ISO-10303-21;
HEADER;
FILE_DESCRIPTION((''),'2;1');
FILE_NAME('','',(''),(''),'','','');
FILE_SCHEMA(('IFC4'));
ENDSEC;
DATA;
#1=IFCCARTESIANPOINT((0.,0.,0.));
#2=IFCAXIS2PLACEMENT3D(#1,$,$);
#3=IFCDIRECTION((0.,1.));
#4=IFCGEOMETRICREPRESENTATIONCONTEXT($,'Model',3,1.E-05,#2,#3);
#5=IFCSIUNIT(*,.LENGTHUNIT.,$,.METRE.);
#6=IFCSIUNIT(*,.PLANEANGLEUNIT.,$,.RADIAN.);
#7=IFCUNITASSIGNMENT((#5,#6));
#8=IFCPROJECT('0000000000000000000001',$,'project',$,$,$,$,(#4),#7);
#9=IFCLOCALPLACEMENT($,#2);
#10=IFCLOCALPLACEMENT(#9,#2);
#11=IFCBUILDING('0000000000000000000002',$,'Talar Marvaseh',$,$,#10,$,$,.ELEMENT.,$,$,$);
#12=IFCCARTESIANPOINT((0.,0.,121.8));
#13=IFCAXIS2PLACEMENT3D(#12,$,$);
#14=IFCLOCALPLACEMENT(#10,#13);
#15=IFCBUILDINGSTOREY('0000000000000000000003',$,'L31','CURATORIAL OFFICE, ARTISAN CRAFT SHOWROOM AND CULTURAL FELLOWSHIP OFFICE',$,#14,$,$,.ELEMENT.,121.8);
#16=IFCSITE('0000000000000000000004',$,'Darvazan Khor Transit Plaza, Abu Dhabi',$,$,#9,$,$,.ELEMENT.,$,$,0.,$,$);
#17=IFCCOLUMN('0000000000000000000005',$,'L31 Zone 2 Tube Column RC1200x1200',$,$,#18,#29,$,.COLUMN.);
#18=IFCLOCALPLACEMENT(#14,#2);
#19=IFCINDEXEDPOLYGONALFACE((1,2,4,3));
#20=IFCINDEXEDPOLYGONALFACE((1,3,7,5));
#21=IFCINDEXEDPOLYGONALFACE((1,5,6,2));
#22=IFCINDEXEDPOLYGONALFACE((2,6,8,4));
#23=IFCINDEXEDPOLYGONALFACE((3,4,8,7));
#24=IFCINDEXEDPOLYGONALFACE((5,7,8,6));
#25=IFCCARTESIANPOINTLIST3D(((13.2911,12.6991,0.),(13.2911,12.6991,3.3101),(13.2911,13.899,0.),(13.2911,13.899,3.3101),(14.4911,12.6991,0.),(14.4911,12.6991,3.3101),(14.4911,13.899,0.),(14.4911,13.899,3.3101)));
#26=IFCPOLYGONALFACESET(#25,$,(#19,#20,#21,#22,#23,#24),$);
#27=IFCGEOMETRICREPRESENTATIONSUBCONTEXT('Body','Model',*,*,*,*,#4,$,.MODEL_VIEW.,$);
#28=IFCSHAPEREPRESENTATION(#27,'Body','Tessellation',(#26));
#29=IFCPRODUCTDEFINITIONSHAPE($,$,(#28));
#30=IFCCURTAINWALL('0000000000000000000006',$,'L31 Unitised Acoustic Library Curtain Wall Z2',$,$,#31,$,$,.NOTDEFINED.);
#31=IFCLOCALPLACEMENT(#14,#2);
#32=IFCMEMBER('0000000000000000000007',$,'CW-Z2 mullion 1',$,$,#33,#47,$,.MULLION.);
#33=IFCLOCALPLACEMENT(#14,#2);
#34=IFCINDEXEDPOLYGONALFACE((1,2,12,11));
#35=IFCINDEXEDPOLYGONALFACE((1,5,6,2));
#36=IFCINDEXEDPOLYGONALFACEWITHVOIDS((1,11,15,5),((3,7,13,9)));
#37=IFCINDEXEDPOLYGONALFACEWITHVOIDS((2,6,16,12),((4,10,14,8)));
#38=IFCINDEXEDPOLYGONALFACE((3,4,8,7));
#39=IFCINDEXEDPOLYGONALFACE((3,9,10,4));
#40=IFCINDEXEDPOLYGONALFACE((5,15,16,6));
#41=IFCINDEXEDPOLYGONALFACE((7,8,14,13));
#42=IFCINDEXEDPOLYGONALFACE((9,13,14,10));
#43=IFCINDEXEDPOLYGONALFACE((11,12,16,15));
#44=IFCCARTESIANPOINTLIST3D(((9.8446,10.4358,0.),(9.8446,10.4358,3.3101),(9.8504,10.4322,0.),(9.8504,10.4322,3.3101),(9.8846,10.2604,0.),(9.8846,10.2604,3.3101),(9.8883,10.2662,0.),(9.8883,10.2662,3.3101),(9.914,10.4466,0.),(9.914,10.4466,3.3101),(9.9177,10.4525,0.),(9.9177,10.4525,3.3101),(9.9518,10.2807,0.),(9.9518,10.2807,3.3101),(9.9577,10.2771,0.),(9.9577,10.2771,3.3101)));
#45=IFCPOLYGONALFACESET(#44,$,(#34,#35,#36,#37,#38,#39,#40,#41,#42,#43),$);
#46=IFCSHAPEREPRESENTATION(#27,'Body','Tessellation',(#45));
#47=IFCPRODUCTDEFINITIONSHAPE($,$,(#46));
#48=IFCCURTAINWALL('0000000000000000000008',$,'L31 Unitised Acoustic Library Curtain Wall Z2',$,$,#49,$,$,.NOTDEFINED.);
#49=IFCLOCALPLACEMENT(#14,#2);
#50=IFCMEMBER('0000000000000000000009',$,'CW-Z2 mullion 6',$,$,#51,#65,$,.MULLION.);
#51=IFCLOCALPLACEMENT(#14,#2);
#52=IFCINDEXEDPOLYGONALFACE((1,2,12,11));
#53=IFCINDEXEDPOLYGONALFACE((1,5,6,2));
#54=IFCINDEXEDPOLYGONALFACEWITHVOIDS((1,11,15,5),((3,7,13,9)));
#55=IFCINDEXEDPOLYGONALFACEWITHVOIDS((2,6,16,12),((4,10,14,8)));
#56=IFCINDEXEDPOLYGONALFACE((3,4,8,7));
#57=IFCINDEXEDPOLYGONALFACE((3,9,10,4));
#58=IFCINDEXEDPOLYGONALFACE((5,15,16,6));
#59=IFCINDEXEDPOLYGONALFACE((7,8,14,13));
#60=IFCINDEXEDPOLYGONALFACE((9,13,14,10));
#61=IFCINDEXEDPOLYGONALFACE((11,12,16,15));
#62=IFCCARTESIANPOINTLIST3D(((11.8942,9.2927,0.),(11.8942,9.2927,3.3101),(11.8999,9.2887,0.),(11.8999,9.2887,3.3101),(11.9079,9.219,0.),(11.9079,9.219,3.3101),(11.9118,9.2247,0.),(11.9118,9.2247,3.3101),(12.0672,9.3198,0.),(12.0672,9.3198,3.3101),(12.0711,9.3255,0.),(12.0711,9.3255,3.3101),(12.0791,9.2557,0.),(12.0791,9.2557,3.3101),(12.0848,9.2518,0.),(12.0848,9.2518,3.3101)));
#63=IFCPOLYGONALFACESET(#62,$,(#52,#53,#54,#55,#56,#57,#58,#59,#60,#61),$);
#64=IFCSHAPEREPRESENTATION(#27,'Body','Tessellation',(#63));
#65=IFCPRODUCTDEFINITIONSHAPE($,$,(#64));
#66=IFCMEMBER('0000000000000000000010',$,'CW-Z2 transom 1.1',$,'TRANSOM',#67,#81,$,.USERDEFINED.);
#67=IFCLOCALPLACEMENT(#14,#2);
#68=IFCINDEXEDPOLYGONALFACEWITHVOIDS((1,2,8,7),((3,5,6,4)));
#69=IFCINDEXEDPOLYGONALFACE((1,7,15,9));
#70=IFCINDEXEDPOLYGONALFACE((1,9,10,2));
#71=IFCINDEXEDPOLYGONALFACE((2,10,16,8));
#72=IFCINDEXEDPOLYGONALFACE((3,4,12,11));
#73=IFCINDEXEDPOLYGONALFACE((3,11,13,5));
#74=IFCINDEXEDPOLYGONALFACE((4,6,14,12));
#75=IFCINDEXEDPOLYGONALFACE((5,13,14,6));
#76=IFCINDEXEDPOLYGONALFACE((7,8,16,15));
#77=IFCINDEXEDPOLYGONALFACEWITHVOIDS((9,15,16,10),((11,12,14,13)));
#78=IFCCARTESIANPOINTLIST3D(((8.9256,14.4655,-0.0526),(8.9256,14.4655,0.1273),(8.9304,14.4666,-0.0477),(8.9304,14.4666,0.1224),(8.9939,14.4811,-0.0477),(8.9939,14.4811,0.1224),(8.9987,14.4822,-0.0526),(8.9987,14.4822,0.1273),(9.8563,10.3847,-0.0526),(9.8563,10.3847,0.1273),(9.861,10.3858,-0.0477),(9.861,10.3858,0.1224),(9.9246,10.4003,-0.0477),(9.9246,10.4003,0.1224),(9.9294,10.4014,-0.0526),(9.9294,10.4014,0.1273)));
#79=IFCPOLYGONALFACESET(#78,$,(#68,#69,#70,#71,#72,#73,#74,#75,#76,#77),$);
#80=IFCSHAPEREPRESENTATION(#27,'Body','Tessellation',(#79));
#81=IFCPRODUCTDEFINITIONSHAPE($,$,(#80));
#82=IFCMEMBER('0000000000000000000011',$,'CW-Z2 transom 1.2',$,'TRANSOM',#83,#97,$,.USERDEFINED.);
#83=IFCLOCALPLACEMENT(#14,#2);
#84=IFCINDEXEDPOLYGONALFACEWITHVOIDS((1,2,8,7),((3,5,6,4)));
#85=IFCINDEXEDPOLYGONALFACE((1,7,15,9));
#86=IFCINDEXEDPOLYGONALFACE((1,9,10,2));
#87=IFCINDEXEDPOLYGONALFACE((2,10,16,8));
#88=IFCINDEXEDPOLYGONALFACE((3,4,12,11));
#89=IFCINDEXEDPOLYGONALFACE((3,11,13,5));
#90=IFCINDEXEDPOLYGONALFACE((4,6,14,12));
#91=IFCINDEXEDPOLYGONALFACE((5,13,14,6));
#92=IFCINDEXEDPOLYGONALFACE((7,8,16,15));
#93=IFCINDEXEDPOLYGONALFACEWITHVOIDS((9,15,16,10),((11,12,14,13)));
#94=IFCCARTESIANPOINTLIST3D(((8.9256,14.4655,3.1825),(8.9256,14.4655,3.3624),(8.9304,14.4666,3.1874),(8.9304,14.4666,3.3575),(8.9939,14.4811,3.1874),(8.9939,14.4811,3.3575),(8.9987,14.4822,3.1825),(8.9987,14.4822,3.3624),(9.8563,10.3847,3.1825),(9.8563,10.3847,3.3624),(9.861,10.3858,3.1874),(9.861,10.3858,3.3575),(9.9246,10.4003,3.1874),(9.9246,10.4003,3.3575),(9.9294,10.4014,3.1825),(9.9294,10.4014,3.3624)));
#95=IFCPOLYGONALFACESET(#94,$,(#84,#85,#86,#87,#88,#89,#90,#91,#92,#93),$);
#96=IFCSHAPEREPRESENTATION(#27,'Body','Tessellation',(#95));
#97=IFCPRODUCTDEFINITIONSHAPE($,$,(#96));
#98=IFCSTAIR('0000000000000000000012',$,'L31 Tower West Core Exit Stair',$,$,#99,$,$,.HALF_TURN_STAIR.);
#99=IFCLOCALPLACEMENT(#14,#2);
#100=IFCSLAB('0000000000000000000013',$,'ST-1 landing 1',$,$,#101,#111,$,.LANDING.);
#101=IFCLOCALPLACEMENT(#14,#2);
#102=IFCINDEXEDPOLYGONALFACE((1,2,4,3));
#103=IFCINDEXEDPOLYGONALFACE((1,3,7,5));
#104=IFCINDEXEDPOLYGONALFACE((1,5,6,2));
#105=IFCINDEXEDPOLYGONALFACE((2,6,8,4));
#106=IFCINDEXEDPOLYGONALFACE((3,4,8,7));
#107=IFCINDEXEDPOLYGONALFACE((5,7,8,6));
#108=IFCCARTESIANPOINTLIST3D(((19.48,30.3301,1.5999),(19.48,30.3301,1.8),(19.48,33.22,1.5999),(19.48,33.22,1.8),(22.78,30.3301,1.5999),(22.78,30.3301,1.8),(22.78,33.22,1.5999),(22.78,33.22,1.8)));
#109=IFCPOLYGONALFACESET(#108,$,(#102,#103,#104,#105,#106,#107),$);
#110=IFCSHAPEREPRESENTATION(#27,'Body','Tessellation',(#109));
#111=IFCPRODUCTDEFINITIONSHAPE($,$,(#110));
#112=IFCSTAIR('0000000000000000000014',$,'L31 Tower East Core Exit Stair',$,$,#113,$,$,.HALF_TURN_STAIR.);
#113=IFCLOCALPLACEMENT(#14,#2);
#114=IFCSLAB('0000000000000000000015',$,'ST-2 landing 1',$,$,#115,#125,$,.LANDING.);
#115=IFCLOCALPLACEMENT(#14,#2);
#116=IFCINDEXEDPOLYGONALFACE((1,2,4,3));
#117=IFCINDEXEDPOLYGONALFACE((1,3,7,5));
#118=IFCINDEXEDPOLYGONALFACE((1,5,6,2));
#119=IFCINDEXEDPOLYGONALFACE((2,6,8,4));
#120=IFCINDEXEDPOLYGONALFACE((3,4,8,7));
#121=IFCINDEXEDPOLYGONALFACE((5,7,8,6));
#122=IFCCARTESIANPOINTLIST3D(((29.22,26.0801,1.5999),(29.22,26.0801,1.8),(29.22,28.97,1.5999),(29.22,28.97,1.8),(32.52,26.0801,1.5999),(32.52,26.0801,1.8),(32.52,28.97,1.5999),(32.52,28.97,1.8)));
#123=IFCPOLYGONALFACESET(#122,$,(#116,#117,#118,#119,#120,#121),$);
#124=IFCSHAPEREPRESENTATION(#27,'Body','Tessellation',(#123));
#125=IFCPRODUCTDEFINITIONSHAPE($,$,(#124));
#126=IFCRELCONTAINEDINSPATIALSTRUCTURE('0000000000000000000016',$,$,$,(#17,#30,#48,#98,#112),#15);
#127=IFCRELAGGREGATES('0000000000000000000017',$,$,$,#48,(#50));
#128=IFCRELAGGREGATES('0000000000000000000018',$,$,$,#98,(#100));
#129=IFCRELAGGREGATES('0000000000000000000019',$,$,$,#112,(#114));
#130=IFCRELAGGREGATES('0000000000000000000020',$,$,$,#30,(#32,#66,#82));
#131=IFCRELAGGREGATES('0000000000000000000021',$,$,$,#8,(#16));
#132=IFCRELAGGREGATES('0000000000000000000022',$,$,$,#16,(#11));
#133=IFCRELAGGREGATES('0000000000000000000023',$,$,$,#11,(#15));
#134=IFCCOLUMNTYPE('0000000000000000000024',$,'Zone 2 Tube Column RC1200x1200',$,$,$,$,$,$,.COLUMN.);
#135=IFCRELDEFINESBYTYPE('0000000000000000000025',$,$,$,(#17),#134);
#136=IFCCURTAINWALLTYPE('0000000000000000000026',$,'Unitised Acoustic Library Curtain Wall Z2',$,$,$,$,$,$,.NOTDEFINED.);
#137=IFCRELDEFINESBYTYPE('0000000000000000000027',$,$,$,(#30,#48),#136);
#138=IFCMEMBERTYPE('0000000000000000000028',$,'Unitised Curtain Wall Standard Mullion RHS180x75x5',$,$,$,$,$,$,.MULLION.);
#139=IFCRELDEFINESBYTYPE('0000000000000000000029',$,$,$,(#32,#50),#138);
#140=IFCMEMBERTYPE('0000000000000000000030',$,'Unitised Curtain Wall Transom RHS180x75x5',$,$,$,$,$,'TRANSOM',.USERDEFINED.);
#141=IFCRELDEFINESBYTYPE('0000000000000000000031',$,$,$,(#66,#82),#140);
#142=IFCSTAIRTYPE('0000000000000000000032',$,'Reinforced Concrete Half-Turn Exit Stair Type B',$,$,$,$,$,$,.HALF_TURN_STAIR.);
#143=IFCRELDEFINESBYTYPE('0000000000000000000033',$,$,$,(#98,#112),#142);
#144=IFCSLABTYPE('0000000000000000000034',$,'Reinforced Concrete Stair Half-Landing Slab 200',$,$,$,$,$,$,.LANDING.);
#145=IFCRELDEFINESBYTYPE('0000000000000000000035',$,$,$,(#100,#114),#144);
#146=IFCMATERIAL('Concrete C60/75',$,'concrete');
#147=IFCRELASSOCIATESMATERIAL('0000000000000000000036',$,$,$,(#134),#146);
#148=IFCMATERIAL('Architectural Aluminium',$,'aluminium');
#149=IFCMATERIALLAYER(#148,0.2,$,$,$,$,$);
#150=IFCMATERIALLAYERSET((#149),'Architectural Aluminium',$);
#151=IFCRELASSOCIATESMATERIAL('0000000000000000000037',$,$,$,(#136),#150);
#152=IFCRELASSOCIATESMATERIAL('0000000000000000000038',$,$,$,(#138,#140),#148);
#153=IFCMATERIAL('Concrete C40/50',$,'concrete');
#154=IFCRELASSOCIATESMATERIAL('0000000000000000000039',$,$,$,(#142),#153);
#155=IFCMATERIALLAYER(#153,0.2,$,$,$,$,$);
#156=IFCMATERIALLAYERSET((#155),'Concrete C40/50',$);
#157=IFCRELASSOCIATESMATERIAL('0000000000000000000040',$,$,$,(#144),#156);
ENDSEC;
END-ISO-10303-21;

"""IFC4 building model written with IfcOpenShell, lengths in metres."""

from ifc_helpers import new_model, si_unit, direction, frame, origin, origin_2d, place, context, subcontext, project, spatial, polyline, rectangle, hollow_rectangle, outline, extrude, source, transform, mapped, material, layer, layer_set, material_profile, profile_set, type_object, type_shapes, element, aggregate, save


model = new_model("IFC4")

# Units and contexts
model_context = context("Model", 3, precision=1e-05, world=origin(), true_north=direction((0.0, 1.0)))
body_context = subcontext(model_context, "Body", "Model", "MODEL_VIEW")
ifc_project = project(units=[si_unit("LENGTHUNIT", "METRE"), si_unit("PLANEANGLEUNIT", "RADIAN")], contexts=[model_context])

# Site, building, storey
site_placement = place(None, origin())
site = spatial("IfcSite", under=ifc_project, at=site_placement, Name="Darvazan Khor Transit Plaza, Abu Dhabi", CompositionType="ELEMENT", RefElevation=0.0)
building_placement = place(site_placement, origin())
building = spatial("IfcBuilding", under=site, at=building_placement, Name="Talar Marvaseh", CompositionType="ELEMENT")
storey_placement = place(building_placement, frame((0.0, 0.0, 121.8)))
storey = spatial("IfcBuildingStorey", under=building, at=storey_placement, Name="L31", Description="CURATORIAL OFFICE, ARTISAN CRAFT SHOWROOM AND CULTURAL FELLOWSHIP OFFICE", CompositionType="ELEMENT", Elevation=121.8)

# Column
ifc_material_1 = material(Name="Concrete C60/75", Category="concrete")
ifc_material_profile_1 = material_profile(ifc_material_1, rectangle(XDim=1.2, YDim=1.2, at=origin_2d()), Name="RC1200x1200")
ifc_profile_set_1 = profile_set([ifc_material_profile_1], Name="Concrete C60/75")
column_type = type_object("IfcColumnType", Name="Zone 2 Tube Column RC1200x1200", PredefinedType="COLUMN", material=ifc_profile_set_1)
column_placement = place(storey_placement, frame((13.8911, 13.2991, 0.0), z_axis=(0.0, 0.0, 1.0), x_axis=(1.0, 0.0, 0.0)))
element("IfcColumn", 1, at=column_placement, inside=storey, type_object=column_type, Name="L31 Zone 2 Tube Column RC1200x1200", PredefinedType="COLUMN", context=body_context, shape_type="SweptSolid", body=[
    extrude(rectangle(XDim=1.2, YDim=1.2, at=origin_2d()), origin(), (0.0, 0.0, 1.0), 3.3101),
])

# Curtain walls, members
ifc_material_2 = material(Name="Architectural Aluminium", Category="aluminium")
ifc_layer_1 = layer(ifc_material_2, 0.2)
ifc_layer_set_1 = layer_set([ifc_layer_1], Name="Architectural Aluminium")
curtain_wall_type = type_object("IfcCurtainWallType", Name="Unitised Acoustic Library Curtain Wall Z2", PredefinedType="NOTDEFINED", material=ifc_layer_set_1)
curtain_wall_1_placement = place(storey_placement, origin())
curtain_wall_1 = element("IfcCurtainWall", 2, at=curtain_wall_1_placement, inside=storey, type_object=curtain_wall_type, Name="L31 Unitised Acoustic Library Curtain Wall Z2", PredefinedType="NOTDEFINED")
ifc_material_profile_2 = material_profile(ifc_material_2, hollow_rectangle(XDim=0.075, YDim=0.1799, WallThickness=0.0049, at=origin_2d()), Name="RHS180x75x5")
ifc_profile_set_2 = profile_set([ifc_material_profile_2], Name="Architectural Aluminium")
member_type_1 = type_object("IfcMemberType", Name="Unitised Curtain Wall Standard Mullion RHS180x75x5", PredefinedType="MULLION", material=ifc_profile_set_2)
shared_shape_1 = source(origin(), body_context, "Body", "SweptSolid", [
    extrude(hollow_rectangle(XDim=0.075, YDim=0.1799, WallThickness=0.0049, at=origin_2d()), origin(), (0.0, 0.0, 1.0), 3.3101),
])
type_shapes(member_type_1, [shared_shape_1])
member_1_placement = place(storey_placement, frame((9.9011, 10.3564, 0.0), z_axis=(0.0, 0.0, 1.0), x_axis=(-0.97497, -0.222335, 0.0)))
member_1 = element("IfcMember", 3, at=member_1_placement, type_object=member_type_1, Name="CW-Z2 mullion 1", PredefinedType="MULLION", context=body_context, shape_type="MappedRepresentation", body=[
    mapped(shared_shape_1, transform((0.0, 0.0, 0.0), x_axis=(1.0, 0.0, 0.0), y_axis=(0.0, 1.0, 0.0), z_axis=(0.0, 0.0, 1.0), scale=1.0)),
])
curtain_wall_2_placement = place(storey_placement, origin())
curtain_wall_2 = element("IfcCurtainWall", 4, at=curtain_wall_2_placement, inside=storey, type_object=curtain_wall_type, Name="L31 Unitised Acoustic Library Curtain Wall Z2", PredefinedType="NOTDEFINED")
member_2_placement = place(storey_placement, frame((11.9895, 9.2722, 0.0), z_axis=(0.0, 0.0, 1.0), x_axis=(0.182388, -0.983227, 0.0)))
member_2 = element("IfcMember", 5, at=member_2_placement, type_object=member_type_1, Name="CW-Z2 mullion 6", PredefinedType="MULLION", context=body_context, shape_type="MappedRepresentation", body=[
    mapped(shared_shape_1, transform((0.0, 0.0, 0.0), x_axis=(1.0, 0.0, 0.0), y_axis=(0.0, 1.0, 0.0), z_axis=(0.0, 0.0, 1.0), scale=1.0)),
])
aggregate(curtain_wall_2, [member_2])

# Members
ifc_material_profile_3 = material_profile(ifc_material_2, hollow_rectangle(XDim=0.075, YDim=0.1799, WallThickness=0.0049, at=origin_2d()), Name="RHS180x75x5")
ifc_profile_set_3 = profile_set([ifc_material_profile_3], Name="Architectural Aluminium")
member_type_2 = type_object("IfcMemberType", Name="Unitised Curtain Wall Transom RHS180x75x5", ElementType="TRANSOM", PredefinedType="USERDEFINED", material=ifc_profile_set_3)
shared_shape_2 = source(origin(), body_context, "Body", "SweptSolid", [
    extrude(hollow_rectangle(XDim=0.075, YDim=0.1799, WallThickness=0.0049, at=origin_2d()), origin(), (0.0, 0.0, 1.0), 4.1855),
])
type_shapes(member_type_2, [shared_shape_2])
member_3_placement = place(storey_placement, frame((9.8928, 10.3931, 0.0374), z_axis=(-0.22235, 0.974967, 0.0), x_axis=(-0.974967, -0.22235, 0.0)))
member_3 = element("IfcMember", 6, at=member_3_placement, type_object=member_type_2, Name="CW-Z2 transom 1.1", ObjectType="TRANSOM", PredefinedType="USERDEFINED", context=body_context, shape_type="MappedRepresentation", body=[
    mapped(shared_shape_2, transform((0.0, 0.0, 0.0), x_axis=(1.0, 0.0, 0.0), y_axis=(0.0, 1.0, 0.0), z_axis=(0.0, 0.0, 1.0), scale=1.0)),
])
member_4_placement = place(storey_placement, frame((9.8928, 10.3931, 3.2725), z_axis=(-0.22235, 0.974967, 0.0), x_axis=(-0.974967, -0.22235, 0.0)))
member_4 = element("IfcMember", 7, at=member_4_placement, type_object=member_type_2, Name="CW-Z2 transom 1.2", ObjectType="TRANSOM", PredefinedType="USERDEFINED", context=body_context, shape_type="MappedRepresentation", body=[
    mapped(shared_shape_2, transform((0.0, 0.0, 0.0), x_axis=(1.0, 0.0, 0.0), y_axis=(0.0, 1.0, 0.0), z_axis=(0.0, 0.0, 1.0), scale=1.0)),
])

# Stairs, slabs
ifc_material_3 = material(Name="Concrete C40/50", Category="concrete")
stair_type = type_object("IfcStairType", Name="Reinforced Concrete Half-Turn Exit Stair Type B", PredefinedType="HALF_TURN_STAIR", material=ifc_material_3)
stair_1_placement = place(storey_placement, origin())
stair_1 = element("IfcStair", 8, at=stair_1_placement, inside=storey, type_object=stair_type, Name="L31 Tower West Core Exit Stair", PredefinedType="HALF_TURN_STAIR")
ifc_layer_2 = layer(ifc_material_3, 0.2)
ifc_layer_set_2 = layer_set([ifc_layer_2], Name="Concrete C40/50")
slab_type_1 = type_object("IfcSlabType", Name="Reinforced Concrete Stair Half-Landing Slab 200", PredefinedType="LANDING", material=ifc_layer_set_2)
slab_1_placement = place(storey_placement, frame((0.0, 0.0, 1.5999)))
slab_1 = element("IfcSlab", 9, at=slab_1_placement, type_object=slab_type_1, Name="ST-1 landing 1", PredefinedType="LANDING", context=body_context, shape_type="SweptSolid", body=[
    extrude(outline(polyline([(22.78, 30.3301), (22.78, 33.22), (19.48, 33.22), (19.48, 30.3301), (22.78, 30.3301)])), origin(), (0.0, 0.0, 1.0), 0.2002),
])
aggregate(stair_1, [slab_1])
stair_2_placement = place(storey_placement, origin())
stair_2 = element("IfcStair", 10, at=stair_2_placement, inside=storey, type_object=stair_type, Name="L31 Tower East Core Exit Stair", PredefinedType="HALF_TURN_STAIR")
slab_2_placement = place(storey_placement, frame((0.0, 0.0, 1.5999)))
slab_2 = element("IfcSlab", 11, at=slab_2_placement, type_object=slab_type_1, Name="ST-2 landing 1", PredefinedType="LANDING", context=body_context, shape_type="SweptSolid", body=[
    extrude(outline(polyline([(29.22, 28.97), (29.22, 26.0801), (32.52, 26.0801), (32.52, 28.97), (29.22, 28.97)])), origin(), (0.0, 0.0, 1.0), 0.2002),
])
aggregate(stair_2, [slab_2])

aggregate(curtain_wall_1, [member_1, member_3, member_4])

save(model, "model.ifc")
